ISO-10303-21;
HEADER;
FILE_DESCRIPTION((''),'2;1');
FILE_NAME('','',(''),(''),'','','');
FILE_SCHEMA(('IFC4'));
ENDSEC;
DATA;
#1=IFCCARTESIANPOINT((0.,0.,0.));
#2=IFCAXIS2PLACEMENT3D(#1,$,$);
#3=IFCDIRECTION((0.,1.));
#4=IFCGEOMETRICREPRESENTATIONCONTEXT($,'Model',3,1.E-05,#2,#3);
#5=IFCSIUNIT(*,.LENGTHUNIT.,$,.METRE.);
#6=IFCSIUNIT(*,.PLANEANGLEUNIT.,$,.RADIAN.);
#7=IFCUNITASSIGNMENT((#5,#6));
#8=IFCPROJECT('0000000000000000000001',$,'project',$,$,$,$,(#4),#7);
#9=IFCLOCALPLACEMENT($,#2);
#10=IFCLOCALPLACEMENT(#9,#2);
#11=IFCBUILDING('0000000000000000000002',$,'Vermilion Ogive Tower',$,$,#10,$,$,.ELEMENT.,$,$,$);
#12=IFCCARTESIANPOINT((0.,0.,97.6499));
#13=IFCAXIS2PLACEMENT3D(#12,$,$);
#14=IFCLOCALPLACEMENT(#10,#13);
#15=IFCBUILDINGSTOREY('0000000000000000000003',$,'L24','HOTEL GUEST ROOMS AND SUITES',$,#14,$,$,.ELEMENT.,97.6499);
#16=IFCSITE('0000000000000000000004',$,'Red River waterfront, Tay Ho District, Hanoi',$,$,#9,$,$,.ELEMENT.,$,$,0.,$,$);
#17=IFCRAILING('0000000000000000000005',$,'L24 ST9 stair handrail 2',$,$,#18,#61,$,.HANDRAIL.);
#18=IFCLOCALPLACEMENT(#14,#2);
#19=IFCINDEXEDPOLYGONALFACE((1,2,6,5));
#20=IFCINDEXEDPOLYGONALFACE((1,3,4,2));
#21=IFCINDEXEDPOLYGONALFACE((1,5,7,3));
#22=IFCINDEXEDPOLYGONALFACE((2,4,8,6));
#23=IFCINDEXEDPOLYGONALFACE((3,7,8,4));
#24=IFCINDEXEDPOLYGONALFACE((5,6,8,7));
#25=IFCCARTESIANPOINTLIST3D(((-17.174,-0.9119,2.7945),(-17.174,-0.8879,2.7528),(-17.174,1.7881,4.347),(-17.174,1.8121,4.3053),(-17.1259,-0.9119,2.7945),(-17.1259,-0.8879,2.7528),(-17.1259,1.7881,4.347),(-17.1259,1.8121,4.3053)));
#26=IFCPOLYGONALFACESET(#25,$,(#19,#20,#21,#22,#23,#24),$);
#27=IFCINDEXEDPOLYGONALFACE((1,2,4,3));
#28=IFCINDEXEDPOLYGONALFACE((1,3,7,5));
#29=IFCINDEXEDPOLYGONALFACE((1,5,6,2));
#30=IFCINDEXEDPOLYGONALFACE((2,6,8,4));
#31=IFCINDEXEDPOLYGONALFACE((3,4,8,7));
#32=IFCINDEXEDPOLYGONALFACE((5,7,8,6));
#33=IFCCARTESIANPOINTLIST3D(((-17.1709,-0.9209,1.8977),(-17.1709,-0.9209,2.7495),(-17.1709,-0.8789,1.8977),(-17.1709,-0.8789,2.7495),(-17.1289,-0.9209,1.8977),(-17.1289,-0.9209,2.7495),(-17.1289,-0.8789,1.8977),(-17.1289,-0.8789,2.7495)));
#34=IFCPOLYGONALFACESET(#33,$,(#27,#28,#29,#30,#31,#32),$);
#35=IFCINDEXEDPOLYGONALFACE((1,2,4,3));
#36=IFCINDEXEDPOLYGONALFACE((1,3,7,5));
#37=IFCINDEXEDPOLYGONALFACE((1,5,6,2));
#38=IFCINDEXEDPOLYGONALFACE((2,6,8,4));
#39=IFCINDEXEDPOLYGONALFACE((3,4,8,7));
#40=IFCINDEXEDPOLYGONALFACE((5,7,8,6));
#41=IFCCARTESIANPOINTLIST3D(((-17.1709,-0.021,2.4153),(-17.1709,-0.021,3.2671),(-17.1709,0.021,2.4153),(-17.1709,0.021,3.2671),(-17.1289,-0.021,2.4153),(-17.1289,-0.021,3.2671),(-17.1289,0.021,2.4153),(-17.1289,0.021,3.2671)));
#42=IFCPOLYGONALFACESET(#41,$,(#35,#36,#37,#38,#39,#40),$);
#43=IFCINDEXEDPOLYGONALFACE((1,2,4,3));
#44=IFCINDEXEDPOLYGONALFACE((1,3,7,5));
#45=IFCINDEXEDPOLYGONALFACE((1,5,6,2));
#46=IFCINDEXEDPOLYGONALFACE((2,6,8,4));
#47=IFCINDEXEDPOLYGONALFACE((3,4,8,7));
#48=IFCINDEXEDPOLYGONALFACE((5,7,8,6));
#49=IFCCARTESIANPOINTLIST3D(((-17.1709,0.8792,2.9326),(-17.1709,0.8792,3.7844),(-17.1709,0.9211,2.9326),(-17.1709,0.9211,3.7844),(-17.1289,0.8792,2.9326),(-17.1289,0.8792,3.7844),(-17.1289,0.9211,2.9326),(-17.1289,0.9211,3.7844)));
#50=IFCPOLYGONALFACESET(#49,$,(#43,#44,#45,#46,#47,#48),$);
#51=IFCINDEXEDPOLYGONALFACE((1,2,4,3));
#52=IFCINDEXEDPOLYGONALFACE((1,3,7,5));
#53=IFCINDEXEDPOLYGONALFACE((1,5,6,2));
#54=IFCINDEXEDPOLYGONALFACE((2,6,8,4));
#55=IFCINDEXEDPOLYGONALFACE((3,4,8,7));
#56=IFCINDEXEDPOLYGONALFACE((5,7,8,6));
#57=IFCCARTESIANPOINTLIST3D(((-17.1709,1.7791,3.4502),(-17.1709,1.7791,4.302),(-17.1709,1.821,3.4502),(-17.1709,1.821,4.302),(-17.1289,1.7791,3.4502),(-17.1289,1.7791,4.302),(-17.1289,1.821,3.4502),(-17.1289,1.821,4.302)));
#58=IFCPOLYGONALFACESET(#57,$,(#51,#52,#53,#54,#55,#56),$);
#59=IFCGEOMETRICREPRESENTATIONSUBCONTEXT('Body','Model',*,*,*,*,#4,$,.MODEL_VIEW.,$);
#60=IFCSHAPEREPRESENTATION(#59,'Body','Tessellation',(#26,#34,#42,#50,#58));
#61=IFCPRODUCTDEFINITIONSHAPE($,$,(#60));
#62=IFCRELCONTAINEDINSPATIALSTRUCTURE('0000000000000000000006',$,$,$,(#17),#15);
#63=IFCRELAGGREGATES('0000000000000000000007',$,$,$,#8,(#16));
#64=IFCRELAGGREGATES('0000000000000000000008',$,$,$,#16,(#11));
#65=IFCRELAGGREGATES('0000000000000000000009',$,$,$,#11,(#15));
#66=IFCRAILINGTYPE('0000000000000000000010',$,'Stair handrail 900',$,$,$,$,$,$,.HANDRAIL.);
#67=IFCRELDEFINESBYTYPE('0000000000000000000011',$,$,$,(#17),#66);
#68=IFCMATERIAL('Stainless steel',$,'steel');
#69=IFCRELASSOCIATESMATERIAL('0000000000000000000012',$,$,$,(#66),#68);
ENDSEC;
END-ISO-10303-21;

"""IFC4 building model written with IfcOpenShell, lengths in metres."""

from ifc_helpers import new_model, si_unit, direction, frame, origin, origin_2d, place, context, subcontext, project, spatial, rectangle, extrude, material, type_object, element, save


model = new_model("IFC4")

# Units and contexts
model_context = context("Model", 3, precision=1e-05, world=origin(), true_north=direction((0.0, 1.0)))
body_context = subcontext(model_context, "Body", "Model", "MODEL_VIEW")
ifc_project = project(units=[si_unit("LENGTHUNIT", "METRE"), si_unit("PLANEANGLEUNIT", "RADIAN")], contexts=[model_context])

# Site, building, storey
site_placement = place(None, origin())
site = spatial("IfcSite", under=ifc_project, at=site_placement, Name="Red River waterfront, Tay Ho District, Hanoi", CompositionType="ELEMENT", RefElevation=0.0)
building_placement = place(site_placement, origin())
building = spatial("IfcBuilding", under=site, at=building_placement, Name="Vermilion Ogive Tower", CompositionType="ELEMENT")
storey_placement = place(building_placement, frame((0.0, 0.0, 97.6499)))
storey = spatial("IfcBuildingStorey", under=building, at=storey_placement, Name="L24", Description="HOTEL GUEST ROOMS AND SUITES", CompositionType="ELEMENT", Elevation=97.6499)

# Railing
ifc_material_1 = material(Name="Stainless steel", Category="steel")
railing_type = type_object("IfcRailingType", Name="Stair handrail 900", PredefinedType="HANDRAIL", material=ifc_material_1)
railing_placement = place(storey_placement, frame((-17.1499, -0.8999, 1.8977)))
element("IfcRailing", 1, at=railing_placement, inside=storey, type_object=railing_type, Name="L24 ST9 stair handrail 2", PredefinedType="HANDRAIL", context=body_context, shape_type="SweptSolid", body=[
    extrude(rectangle(XDim=0.0481, YDim=0.0481, at=origin_2d()), frame((0.0, 0.0, 0.876), z_axis=(0.0, 0.866904, 0.498476), x_axis=(-1.0, 0.0, 0.0)), (0.0, 0.0, 1.0), 3.1145),
    extrude(rectangle(XDim=0.042, YDim=0.042, at=origin_2d()), origin(), (0.0, 0.0, 1.0), 0.8518),
    extrude(rectangle(XDim=0.042, YDim=0.042, at=origin_2d()), frame((0.0, 0.8999, 0.5176)), (0.0, 0.0, 1.0), 0.8518),
    extrude(rectangle(XDim=0.042, YDim=0.042, at=origin_2d()), frame((0.0, 1.8, 1.0349)), (0.0, 0.0, 1.0), 0.8518),
    extrude(rectangle(XDim=0.042, YDim=0.042, at=origin_2d()), frame((0.0, 2.7, 1.5525)), (0.0, 0.0, 1.0), 0.8518),
])

save(model, "model.ifc")
